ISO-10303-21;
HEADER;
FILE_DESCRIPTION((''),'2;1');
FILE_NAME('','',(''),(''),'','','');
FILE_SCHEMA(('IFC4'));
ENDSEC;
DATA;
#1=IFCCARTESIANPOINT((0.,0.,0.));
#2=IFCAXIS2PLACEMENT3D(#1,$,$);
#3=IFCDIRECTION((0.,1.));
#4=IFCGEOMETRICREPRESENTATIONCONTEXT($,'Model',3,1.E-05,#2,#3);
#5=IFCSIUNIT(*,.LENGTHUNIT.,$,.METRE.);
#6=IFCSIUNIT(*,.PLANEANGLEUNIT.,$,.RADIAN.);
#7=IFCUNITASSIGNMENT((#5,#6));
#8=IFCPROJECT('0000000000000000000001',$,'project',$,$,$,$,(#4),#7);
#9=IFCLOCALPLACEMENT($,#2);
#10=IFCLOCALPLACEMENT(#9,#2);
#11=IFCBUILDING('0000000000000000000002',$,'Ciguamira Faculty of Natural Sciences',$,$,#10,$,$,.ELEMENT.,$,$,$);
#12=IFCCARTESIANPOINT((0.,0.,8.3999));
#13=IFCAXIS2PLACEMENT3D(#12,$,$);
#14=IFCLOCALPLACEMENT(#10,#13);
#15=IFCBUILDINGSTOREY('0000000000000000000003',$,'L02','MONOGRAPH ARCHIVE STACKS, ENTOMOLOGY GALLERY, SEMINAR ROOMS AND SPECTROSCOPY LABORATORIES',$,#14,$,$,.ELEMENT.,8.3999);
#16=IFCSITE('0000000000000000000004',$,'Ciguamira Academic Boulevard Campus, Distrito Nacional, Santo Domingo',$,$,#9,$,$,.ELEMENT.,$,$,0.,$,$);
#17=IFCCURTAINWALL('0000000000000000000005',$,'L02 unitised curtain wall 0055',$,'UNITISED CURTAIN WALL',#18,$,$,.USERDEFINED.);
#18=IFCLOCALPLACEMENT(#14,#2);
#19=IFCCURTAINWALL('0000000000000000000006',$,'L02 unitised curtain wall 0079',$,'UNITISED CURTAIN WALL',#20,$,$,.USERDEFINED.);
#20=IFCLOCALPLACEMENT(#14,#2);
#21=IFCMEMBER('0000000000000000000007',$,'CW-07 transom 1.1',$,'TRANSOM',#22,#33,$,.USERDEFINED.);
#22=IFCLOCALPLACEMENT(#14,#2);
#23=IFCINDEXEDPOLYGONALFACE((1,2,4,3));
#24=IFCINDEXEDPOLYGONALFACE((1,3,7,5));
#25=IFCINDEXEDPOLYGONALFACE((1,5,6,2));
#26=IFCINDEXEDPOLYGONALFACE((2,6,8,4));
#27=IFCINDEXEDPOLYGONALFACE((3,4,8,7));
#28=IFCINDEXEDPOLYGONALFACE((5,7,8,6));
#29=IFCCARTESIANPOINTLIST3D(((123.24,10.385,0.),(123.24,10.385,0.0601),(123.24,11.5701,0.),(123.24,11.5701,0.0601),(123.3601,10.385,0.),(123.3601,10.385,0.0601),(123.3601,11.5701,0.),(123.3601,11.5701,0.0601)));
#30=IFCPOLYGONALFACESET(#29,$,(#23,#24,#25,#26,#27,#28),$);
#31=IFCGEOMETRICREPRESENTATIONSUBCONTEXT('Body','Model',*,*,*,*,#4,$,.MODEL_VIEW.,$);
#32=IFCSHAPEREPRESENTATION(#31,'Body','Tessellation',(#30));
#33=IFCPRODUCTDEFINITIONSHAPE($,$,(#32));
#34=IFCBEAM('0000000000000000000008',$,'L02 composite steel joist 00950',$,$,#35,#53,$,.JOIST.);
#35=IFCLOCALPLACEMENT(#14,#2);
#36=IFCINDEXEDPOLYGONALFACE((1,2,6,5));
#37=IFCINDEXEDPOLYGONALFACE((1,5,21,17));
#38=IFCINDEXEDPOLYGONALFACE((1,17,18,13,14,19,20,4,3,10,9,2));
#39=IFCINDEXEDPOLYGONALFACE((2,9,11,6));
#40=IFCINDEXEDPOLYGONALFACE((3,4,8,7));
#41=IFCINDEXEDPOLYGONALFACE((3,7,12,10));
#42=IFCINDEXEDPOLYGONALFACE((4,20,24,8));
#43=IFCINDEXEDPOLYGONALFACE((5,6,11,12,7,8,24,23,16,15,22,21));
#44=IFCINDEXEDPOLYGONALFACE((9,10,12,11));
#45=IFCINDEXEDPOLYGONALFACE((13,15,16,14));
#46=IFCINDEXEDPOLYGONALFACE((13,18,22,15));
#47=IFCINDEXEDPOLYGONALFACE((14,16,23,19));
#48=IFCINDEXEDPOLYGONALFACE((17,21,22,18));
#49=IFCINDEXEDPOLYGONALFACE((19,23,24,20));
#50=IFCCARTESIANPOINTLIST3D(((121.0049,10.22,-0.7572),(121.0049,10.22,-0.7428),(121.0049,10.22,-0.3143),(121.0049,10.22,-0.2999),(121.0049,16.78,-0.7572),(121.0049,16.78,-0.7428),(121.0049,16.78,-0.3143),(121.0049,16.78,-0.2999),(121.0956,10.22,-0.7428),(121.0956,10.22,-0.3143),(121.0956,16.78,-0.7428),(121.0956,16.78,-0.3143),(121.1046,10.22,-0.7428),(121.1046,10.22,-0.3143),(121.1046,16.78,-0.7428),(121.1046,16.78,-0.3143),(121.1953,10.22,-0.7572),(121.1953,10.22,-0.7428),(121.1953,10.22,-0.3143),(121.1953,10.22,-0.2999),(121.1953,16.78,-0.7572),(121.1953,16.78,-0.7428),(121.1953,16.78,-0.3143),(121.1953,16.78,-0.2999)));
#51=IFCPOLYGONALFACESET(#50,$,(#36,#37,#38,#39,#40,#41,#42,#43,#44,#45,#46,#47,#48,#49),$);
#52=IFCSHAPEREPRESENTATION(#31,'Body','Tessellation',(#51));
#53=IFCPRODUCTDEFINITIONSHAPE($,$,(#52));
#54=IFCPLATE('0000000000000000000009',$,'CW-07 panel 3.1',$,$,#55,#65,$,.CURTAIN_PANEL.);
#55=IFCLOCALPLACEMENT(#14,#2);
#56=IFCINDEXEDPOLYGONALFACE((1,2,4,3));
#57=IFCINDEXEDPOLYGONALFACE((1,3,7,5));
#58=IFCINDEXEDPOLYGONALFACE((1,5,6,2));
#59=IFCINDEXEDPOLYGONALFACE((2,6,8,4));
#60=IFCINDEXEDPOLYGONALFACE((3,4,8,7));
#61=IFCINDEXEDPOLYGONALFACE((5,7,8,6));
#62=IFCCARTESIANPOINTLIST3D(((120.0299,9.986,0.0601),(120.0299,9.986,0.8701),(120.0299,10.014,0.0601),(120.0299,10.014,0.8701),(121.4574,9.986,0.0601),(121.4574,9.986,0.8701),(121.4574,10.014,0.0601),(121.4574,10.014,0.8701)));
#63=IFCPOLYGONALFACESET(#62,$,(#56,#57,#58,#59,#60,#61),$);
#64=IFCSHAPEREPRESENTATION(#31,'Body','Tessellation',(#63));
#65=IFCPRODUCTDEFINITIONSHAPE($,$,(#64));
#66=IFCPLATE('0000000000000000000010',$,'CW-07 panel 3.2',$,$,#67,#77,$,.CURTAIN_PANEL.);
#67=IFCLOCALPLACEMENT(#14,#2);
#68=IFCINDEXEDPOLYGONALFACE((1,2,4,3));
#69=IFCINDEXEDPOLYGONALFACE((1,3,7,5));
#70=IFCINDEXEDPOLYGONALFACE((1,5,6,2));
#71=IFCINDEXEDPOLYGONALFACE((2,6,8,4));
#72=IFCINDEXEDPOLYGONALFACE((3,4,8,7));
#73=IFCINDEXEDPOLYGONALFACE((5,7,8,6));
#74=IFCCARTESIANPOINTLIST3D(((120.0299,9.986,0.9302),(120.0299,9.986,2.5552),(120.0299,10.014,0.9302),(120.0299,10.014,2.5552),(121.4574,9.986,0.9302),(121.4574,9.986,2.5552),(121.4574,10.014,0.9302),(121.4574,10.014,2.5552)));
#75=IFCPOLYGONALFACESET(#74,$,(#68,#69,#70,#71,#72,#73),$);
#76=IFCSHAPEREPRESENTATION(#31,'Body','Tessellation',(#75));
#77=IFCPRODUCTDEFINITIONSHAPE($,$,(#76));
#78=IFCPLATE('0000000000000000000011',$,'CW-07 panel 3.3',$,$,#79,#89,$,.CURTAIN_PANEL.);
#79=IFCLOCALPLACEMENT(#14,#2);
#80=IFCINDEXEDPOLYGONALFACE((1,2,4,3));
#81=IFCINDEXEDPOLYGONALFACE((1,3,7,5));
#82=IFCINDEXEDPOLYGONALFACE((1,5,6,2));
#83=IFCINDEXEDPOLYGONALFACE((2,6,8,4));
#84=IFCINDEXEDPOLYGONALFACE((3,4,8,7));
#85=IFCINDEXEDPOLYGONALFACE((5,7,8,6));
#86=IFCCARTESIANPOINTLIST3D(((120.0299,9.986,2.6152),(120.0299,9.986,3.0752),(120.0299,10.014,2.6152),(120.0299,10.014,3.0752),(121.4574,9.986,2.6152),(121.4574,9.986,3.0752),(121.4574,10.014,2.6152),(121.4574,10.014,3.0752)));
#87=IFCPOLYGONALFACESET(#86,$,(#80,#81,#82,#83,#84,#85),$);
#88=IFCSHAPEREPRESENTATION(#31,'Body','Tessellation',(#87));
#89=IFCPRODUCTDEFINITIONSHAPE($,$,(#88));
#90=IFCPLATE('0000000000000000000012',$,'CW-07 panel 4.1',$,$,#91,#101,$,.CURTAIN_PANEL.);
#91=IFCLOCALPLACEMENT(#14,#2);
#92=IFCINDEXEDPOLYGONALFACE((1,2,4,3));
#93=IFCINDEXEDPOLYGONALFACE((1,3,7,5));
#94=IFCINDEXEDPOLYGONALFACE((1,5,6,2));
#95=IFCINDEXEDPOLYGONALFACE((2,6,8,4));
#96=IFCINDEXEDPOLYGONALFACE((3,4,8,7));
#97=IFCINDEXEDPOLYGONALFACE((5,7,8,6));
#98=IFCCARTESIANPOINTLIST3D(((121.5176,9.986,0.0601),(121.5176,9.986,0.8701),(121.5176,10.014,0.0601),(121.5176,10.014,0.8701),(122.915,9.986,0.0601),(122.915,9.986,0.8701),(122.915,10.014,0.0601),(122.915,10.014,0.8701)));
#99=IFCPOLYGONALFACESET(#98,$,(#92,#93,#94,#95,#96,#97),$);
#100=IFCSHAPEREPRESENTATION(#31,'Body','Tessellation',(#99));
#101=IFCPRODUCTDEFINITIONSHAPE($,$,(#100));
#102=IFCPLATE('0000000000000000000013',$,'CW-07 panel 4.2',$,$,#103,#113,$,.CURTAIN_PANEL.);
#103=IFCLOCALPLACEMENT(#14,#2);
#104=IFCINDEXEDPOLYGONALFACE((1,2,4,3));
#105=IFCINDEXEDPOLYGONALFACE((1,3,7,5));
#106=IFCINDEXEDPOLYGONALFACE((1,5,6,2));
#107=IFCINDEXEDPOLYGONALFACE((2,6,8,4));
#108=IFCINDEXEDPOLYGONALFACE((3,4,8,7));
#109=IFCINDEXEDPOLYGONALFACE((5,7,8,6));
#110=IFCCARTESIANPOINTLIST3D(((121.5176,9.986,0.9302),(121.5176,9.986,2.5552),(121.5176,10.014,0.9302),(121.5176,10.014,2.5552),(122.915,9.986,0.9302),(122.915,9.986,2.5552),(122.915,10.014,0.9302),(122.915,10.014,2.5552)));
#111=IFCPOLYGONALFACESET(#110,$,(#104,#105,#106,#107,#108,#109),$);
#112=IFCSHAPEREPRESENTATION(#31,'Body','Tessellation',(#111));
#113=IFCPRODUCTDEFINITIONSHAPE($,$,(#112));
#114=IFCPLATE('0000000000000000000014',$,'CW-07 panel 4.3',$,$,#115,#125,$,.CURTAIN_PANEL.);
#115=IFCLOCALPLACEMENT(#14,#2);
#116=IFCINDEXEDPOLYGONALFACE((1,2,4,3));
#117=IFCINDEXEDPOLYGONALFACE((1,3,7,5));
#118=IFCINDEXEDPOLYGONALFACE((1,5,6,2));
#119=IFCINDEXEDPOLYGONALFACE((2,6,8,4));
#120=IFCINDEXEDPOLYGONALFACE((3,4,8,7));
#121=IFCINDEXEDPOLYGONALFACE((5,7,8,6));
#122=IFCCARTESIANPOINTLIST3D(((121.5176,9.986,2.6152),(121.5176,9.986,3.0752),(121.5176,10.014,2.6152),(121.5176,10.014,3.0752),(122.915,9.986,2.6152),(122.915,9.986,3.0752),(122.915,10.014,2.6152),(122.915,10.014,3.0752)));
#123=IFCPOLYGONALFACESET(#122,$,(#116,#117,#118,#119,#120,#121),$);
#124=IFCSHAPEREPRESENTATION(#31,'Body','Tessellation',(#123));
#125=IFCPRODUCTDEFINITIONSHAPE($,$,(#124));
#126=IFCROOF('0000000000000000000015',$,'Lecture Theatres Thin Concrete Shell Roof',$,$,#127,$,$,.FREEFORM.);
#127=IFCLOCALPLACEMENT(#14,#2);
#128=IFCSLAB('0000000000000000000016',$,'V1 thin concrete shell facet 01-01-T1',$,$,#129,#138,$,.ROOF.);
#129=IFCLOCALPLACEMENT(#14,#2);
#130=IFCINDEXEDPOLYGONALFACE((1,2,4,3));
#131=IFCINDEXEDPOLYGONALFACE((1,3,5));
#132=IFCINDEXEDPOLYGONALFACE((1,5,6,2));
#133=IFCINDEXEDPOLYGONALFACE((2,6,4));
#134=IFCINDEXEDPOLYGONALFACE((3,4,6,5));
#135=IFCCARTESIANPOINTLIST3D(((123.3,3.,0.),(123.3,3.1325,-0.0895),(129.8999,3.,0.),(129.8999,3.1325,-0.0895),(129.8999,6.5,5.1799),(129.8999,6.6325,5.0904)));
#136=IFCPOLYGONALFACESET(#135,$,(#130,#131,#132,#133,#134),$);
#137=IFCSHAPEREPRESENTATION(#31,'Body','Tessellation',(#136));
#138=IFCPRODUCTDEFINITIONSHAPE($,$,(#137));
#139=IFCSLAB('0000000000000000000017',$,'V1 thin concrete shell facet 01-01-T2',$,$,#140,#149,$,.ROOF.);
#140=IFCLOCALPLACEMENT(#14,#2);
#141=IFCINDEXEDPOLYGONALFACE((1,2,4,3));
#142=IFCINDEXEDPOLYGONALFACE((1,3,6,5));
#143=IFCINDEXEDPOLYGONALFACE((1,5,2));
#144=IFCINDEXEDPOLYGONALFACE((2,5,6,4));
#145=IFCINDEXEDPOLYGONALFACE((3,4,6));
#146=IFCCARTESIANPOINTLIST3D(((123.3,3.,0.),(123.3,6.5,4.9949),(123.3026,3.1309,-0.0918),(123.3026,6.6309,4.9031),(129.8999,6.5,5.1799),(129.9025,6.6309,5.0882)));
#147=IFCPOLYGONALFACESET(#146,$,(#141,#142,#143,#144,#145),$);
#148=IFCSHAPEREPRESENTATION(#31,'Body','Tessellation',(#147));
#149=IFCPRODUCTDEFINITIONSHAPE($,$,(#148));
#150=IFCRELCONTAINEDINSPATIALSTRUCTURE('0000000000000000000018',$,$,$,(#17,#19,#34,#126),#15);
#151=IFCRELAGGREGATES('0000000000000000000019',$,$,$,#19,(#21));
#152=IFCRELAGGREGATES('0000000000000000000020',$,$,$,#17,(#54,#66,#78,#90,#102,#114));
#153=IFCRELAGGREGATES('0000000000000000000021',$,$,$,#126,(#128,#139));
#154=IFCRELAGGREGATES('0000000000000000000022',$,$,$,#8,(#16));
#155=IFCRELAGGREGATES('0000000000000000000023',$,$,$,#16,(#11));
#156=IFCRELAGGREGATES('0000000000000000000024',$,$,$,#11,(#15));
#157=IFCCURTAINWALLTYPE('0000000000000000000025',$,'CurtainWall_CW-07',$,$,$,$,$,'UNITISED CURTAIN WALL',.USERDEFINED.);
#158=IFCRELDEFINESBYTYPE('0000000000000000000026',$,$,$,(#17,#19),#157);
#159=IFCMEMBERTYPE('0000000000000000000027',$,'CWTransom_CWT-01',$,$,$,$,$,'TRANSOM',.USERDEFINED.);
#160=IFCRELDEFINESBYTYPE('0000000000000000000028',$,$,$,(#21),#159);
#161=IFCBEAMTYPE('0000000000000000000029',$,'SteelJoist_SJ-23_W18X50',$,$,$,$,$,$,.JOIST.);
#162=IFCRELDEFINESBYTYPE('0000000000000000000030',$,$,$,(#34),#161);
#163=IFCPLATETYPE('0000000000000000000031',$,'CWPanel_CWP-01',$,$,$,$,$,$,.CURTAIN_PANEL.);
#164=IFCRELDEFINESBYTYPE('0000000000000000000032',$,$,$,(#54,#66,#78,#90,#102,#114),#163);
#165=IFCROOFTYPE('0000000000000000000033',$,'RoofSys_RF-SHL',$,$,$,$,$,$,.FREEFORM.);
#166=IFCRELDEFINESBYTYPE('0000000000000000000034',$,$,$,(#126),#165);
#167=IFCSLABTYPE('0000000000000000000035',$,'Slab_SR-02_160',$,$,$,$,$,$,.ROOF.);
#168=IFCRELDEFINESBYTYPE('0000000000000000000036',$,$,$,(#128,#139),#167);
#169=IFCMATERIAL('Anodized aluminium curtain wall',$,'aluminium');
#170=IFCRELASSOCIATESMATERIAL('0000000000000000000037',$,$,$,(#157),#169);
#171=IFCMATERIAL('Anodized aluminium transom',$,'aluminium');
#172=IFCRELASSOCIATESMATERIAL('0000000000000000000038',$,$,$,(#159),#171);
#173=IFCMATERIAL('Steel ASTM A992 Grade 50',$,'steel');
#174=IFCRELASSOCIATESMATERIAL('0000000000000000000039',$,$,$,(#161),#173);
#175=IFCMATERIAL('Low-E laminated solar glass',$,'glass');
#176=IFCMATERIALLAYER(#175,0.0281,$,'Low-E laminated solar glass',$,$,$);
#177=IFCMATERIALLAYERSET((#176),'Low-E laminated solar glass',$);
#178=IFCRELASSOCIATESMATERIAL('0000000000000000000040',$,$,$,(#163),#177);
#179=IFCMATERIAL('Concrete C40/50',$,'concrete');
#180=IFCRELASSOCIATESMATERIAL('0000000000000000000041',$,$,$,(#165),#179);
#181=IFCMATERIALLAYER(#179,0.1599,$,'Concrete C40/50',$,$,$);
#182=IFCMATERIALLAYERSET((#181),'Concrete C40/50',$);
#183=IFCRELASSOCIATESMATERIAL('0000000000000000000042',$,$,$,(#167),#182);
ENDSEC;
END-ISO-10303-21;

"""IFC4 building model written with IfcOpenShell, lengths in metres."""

from ifc_helpers import new_model, si_unit, direction, frame, origin, origin_2d, place, context, subcontext, project, spatial, polyline, rectangle, i_section, outline, extrude, material, layer, layer_set, material_profile, profile_set, type_object, element, aggregate, save


model = new_model("IFC4")

# Units and contexts
model_context = context("Model", 3, precision=1e-05, world=origin(), true_north=direction((0.0, 1.0)))
body_context = subcontext(model_context, "Body", "Model", "MODEL_VIEW")
ifc_project = project(units=[si_unit("LENGTHUNIT", "METRE"), si_unit("PLANEANGLEUNIT", "RADIAN")], contexts=[model_context])

# Site, building, storey
site_placement = place(None, origin())
site = spatial("IfcSite", under=ifc_project, at=site_placement, Name="Ciguamira Academic Boulevard Campus, Distrito Nacional, Santo Domingo", CompositionType="ELEMENT", RefElevation=0.0)
building_placement = place(site_placement, origin())
building = spatial("IfcBuilding", under=site, at=building_placement, Name="Ciguamira Faculty of Natural Sciences", CompositionType="ELEMENT")
storey_placement = place(building_placement, frame((0.0, 0.0, 8.3999)))
storey = spatial("IfcBuildingStorey", under=building, at=storey_placement, Name="L02", Description="MONOGRAPH ARCHIVE STACKS, ENTOMOLOGY GALLERY, SEMINAR ROOMS AND SPECTROSCOPY LABORATORIES", CompositionType="ELEMENT", Elevation=8.3999)

# Shared definitions
ifc_material_1 = material(Name="Concrete C40/50", Category="concrete")

# Curtain wall
ifc_material_2 = material(Name="Anodized aluminium curtain wall", Category="aluminium")
curtain_wall_type = type_object("IfcCurtainWallType", Name="CurtainWall_CW-07", ElementType="UNITISED CURTAIN WALL", PredefinedType="USERDEFINED", material=ifc_material_2)
curtain_wall_1_placement = place(storey_placement, origin())
curtain_wall_1 = element("IfcCurtainWall", 1, at=curtain_wall_1_placement, inside=storey, type_object=curtain_wall_type, Name="L02 unitised curtain wall 0055", ObjectType="UNITISED CURTAIN WALL", PredefinedType="USERDEFINED")

# Curtain wall
curtain_wall_2_placement = place(storey_placement, origin())
curtain_wall_2 = element("IfcCurtainWall", 2, at=curtain_wall_2_placement, inside=storey, type_object=curtain_wall_type, Name="L02 unitised curtain wall 0079", ObjectType="UNITISED CURTAIN WALL", PredefinedType="USERDEFINED")

# Member
ifc_material_3 = material(Name="Anodized aluminium transom", Category="aluminium")
ifc_material_profile_1 = material_profile(ifc_material_3, rectangle(XDim=0.0601, YDim=0.1201, at=origin_2d()), Name="ALU-TRN-60X120")
ifc_profile_set_1 = profile_set([ifc_material_profile_1], Name="Anodized aluminium transom")
member_type_1 = type_object("IfcMemberType", Name="CWTransom_CWT-01", ElementType="TRANSOM", PredefinedType="USERDEFINED", material=ifc_profile_set_1)
member_1_placement = place(storey_placement, frame((123.3, 10.385, 0.03), z_axis=(0.0, 1.0, 0.0), x_axis=(0.0, 0.0, 1.0)))
member_1 = element("IfcMember", 3, at=member_1_placement, type_object=member_type_1, Name="CW-07 transom 1.1", ObjectType="TRANSOM", PredefinedType="USERDEFINED", context=body_context, shape_type="SweptSolid", body=[
    extrude(rectangle(XDim=0.0601, YDim=0.1201, at=origin_2d()), origin(), (0.0, 0.0, 1.0), 1.1851),
])
aggregate(curtain_wall_2, [member_1])

# Beam
ifc_material_4 = material(Name="Steel ASTM A992 Grade 50", Category="steel")
ifc_material_profile_2 = material_profile(ifc_material_4, i_section(OverallWidth=0.1904, OverallDepth=0.4573, WebThickness=0.009, FlangeThickness=0.0144, at=origin_2d()), Name="W18X50")
ifc_profile_set_2 = profile_set([ifc_material_profile_2], Name="Steel ASTM A992 Grade 50")
beam_type = type_object("IfcBeamType", Name="SteelJoist_SJ-23_W18X50", PredefinedType="JOIST", material=ifc_profile_set_2)
beam_placement = place(storey_placement, frame((121.1001, 10.22, -0.5286), z_axis=(0.0, 1.0, 0.0), x_axis=(-1.0, 0.0, 0.0)))
element("IfcBeam", 4, at=beam_placement, inside=storey, type_object=beam_type, Name="L02 composite steel joist 00950", PredefinedType="JOIST", context=body_context, shape_type="SweptSolid", body=[
    extrude(i_section(OverallWidth=0.1904, OverallDepth=0.4573, WebThickness=0.009, FlangeThickness=0.0144, at=origin_2d()), origin(), (0.0, 0.0, 1.0), 6.5601),
])

# Plates
ifc_material_5 = material(Name="Low-E laminated solar glass", Category="glass")
ifc_layer_1 = layer(ifc_material_5, 0.0281, Name="Low-E laminated solar glass")
ifc_layer_set_1 = layer_set([ifc_layer_1], Name="Low-E laminated solar glass")
plate_type = type_object("IfcPlateType", Name="CWPanel_CWP-01", PredefinedType="CURTAIN_PANEL", material=ifc_layer_set_1)
plate_1_placement = place(storey_placement, frame((120.7437, 10.0, 0.0601), z_axis=(0.0, 0.0, 1.0), x_axis=(1.0, 0.0, 0.0)))
plate_1 = element("IfcPlate", 5, at=plate_1_placement, type_object=plate_type, Name="CW-07 panel 3.1", PredefinedType="CURTAIN_PANEL", context=body_context, shape_type="SweptSolid", body=[
    extrude(rectangle(XDim=1.4275, YDim=0.0281, at=origin_2d()), origin(), (0.0, 0.0, 1.0), 0.8101),
])
plate_2_placement = place(storey_placement, frame((120.7437, 10.0, 0.9302), z_axis=(0.0, 0.0, 1.0), x_axis=(1.0, 0.0, 0.0)))
plate_2 = element("IfcPlate", 6, at=plate_2_placement, type_object=plate_type, Name="CW-07 panel 3.2", PredefinedType="CURTAIN_PANEL", context=body_context, shape_type="SweptSolid", body=[
    extrude(rectangle(XDim=1.4275, YDim=0.0281, at=origin_2d()), origin(), (0.0, 0.0, 1.0), 1.625),
])
plate_3_placement = place(storey_placement, frame((120.7437, 10.0, 2.6152), z_axis=(0.0, 0.0, 1.0), x_axis=(1.0, 0.0, 0.0)))
plate_3 = element("IfcPlate", 7, at=plate_3_placement, type_object=plate_type, Name="CW-07 panel 3.3", PredefinedType="CURTAIN_PANEL", context=body_context, shape_type="SweptSolid", body=[
    extrude(rectangle(XDim=1.4275, YDim=0.0281, at=origin_2d()), origin(), (0.0, 0.0, 1.0), 0.46),
])
plate_4_placement = place(storey_placement, frame((122.2163, 10.0, 0.0601), z_axis=(0.0, 0.0, 1.0), x_axis=(1.0, 0.0, 0.0)))
plate_4 = element("IfcPlate", 8, at=plate_4_placement, type_object=plate_type, Name="CW-07 panel 4.1", PredefinedType="CURTAIN_PANEL", context=body_context, shape_type="SweptSolid", body=[
    extrude(rectangle(XDim=1.3975, YDim=0.0281, at=origin_2d()), origin(), (0.0, 0.0, 1.0), 0.8101),
])
plate_5_placement = place(storey_placement, frame((122.2163, 10.0, 0.9302), z_axis=(0.0, 0.0, 1.0), x_axis=(1.0, 0.0, 0.0)))
plate_5 = element("IfcPlate", 9, at=plate_5_placement, type_object=plate_type, Name="CW-07 panel 4.2", PredefinedType="CURTAIN_PANEL", context=body_context, shape_type="SweptSolid", body=[
    extrude(rectangle(XDim=1.3975, YDim=0.0281, at=origin_2d()), origin(), (0.0, 0.0, 1.0), 1.625),
])
plate_6_placement = place(storey_placement, frame((122.2163, 10.0, 2.6152), z_axis=(0.0, 0.0, 1.0), x_axis=(1.0, 0.0, 0.0)))
plate_6 = element("IfcPlate", 10, at=plate_6_placement, type_object=plate_type, Name="CW-07 panel 4.3", PredefinedType="CURTAIN_PANEL", context=body_context, shape_type="SweptSolid", body=[
    extrude(rectangle(XDim=1.3975, YDim=0.0281, at=origin_2d()), origin(), (0.0, 0.0, 1.0), 0.46),
])
aggregate(curtain_wall_1, [plate_1, plate_2, plate_3, plate_4, plate_5, plate_6])

# Roof, slabs
roof_type = type_object("IfcRoofType", Name="RoofSys_RF-SHL", PredefinedType="FREEFORM", material=ifc_material_1)
roof_placement = place(storey_placement, origin())
roof = element("IfcRoof", 11, at=roof_placement, inside=storey, type_object=roof_type, Name="Lecture Theatres Thin Concrete Shell Roof", PredefinedType="FREEFORM")
ifc_layer_2 = layer(ifc_material_1, 0.1599, Name="Concrete C40/50")
ifc_layer_set_2 = layer_set([ifc_layer_2], Name="Concrete C40/50")
slab_type = type_object("IfcSlabType", Name="Slab_SR-02_160", PredefinedType="ROOF", material=ifc_layer_set_2)
slab_1_placement = place(storey_placement, frame((123.3, 3.0, 0.0), z_axis=(0.0, -0.828586, 0.559862), x_axis=(1.0, 0.0, 0.0)))
slab_1 = element("IfcSlab", 12, at=slab_1_placement, type_object=slab_type, Name="V1 thin concrete shell facet 01-01-T1", PredefinedType="ROOF", context=body_context, shape_type="SweptSolid", body=[
    extrude(outline(polyline([(0.0, 0.0), (6.5999, 0.0), (6.5999, 6.2515), (0.0, 0.0)])), origin(), (0.0, 0.0, -1.0), 0.1599),
])
slab_2_placement = place(storey_placement, frame((123.3, 3.0, 0.0), z_axis=(-0.016089, -0.818849, 0.573783), x_axis=(0.726005, 0.385011, 0.569809)))
slab_2 = element("IfcSlab", 13, at=slab_2_placement, type_object=slab_type, Name="V1 thin concrete shell facet 01-01-T2", PredefinedType="ROOF", context=body_context, shape_type="SweptSolid", body=[
    extrude(outline(polyline([(0.0, 0.0), (9.0906, 0.0), (4.1937, 4.4285), (0.0, 0.0)])), origin(), (0.0, 0.0, -1.0), 0.1599),
])
aggregate(roof, [slab_1, slab_2])

save(model, "model.ifc")
